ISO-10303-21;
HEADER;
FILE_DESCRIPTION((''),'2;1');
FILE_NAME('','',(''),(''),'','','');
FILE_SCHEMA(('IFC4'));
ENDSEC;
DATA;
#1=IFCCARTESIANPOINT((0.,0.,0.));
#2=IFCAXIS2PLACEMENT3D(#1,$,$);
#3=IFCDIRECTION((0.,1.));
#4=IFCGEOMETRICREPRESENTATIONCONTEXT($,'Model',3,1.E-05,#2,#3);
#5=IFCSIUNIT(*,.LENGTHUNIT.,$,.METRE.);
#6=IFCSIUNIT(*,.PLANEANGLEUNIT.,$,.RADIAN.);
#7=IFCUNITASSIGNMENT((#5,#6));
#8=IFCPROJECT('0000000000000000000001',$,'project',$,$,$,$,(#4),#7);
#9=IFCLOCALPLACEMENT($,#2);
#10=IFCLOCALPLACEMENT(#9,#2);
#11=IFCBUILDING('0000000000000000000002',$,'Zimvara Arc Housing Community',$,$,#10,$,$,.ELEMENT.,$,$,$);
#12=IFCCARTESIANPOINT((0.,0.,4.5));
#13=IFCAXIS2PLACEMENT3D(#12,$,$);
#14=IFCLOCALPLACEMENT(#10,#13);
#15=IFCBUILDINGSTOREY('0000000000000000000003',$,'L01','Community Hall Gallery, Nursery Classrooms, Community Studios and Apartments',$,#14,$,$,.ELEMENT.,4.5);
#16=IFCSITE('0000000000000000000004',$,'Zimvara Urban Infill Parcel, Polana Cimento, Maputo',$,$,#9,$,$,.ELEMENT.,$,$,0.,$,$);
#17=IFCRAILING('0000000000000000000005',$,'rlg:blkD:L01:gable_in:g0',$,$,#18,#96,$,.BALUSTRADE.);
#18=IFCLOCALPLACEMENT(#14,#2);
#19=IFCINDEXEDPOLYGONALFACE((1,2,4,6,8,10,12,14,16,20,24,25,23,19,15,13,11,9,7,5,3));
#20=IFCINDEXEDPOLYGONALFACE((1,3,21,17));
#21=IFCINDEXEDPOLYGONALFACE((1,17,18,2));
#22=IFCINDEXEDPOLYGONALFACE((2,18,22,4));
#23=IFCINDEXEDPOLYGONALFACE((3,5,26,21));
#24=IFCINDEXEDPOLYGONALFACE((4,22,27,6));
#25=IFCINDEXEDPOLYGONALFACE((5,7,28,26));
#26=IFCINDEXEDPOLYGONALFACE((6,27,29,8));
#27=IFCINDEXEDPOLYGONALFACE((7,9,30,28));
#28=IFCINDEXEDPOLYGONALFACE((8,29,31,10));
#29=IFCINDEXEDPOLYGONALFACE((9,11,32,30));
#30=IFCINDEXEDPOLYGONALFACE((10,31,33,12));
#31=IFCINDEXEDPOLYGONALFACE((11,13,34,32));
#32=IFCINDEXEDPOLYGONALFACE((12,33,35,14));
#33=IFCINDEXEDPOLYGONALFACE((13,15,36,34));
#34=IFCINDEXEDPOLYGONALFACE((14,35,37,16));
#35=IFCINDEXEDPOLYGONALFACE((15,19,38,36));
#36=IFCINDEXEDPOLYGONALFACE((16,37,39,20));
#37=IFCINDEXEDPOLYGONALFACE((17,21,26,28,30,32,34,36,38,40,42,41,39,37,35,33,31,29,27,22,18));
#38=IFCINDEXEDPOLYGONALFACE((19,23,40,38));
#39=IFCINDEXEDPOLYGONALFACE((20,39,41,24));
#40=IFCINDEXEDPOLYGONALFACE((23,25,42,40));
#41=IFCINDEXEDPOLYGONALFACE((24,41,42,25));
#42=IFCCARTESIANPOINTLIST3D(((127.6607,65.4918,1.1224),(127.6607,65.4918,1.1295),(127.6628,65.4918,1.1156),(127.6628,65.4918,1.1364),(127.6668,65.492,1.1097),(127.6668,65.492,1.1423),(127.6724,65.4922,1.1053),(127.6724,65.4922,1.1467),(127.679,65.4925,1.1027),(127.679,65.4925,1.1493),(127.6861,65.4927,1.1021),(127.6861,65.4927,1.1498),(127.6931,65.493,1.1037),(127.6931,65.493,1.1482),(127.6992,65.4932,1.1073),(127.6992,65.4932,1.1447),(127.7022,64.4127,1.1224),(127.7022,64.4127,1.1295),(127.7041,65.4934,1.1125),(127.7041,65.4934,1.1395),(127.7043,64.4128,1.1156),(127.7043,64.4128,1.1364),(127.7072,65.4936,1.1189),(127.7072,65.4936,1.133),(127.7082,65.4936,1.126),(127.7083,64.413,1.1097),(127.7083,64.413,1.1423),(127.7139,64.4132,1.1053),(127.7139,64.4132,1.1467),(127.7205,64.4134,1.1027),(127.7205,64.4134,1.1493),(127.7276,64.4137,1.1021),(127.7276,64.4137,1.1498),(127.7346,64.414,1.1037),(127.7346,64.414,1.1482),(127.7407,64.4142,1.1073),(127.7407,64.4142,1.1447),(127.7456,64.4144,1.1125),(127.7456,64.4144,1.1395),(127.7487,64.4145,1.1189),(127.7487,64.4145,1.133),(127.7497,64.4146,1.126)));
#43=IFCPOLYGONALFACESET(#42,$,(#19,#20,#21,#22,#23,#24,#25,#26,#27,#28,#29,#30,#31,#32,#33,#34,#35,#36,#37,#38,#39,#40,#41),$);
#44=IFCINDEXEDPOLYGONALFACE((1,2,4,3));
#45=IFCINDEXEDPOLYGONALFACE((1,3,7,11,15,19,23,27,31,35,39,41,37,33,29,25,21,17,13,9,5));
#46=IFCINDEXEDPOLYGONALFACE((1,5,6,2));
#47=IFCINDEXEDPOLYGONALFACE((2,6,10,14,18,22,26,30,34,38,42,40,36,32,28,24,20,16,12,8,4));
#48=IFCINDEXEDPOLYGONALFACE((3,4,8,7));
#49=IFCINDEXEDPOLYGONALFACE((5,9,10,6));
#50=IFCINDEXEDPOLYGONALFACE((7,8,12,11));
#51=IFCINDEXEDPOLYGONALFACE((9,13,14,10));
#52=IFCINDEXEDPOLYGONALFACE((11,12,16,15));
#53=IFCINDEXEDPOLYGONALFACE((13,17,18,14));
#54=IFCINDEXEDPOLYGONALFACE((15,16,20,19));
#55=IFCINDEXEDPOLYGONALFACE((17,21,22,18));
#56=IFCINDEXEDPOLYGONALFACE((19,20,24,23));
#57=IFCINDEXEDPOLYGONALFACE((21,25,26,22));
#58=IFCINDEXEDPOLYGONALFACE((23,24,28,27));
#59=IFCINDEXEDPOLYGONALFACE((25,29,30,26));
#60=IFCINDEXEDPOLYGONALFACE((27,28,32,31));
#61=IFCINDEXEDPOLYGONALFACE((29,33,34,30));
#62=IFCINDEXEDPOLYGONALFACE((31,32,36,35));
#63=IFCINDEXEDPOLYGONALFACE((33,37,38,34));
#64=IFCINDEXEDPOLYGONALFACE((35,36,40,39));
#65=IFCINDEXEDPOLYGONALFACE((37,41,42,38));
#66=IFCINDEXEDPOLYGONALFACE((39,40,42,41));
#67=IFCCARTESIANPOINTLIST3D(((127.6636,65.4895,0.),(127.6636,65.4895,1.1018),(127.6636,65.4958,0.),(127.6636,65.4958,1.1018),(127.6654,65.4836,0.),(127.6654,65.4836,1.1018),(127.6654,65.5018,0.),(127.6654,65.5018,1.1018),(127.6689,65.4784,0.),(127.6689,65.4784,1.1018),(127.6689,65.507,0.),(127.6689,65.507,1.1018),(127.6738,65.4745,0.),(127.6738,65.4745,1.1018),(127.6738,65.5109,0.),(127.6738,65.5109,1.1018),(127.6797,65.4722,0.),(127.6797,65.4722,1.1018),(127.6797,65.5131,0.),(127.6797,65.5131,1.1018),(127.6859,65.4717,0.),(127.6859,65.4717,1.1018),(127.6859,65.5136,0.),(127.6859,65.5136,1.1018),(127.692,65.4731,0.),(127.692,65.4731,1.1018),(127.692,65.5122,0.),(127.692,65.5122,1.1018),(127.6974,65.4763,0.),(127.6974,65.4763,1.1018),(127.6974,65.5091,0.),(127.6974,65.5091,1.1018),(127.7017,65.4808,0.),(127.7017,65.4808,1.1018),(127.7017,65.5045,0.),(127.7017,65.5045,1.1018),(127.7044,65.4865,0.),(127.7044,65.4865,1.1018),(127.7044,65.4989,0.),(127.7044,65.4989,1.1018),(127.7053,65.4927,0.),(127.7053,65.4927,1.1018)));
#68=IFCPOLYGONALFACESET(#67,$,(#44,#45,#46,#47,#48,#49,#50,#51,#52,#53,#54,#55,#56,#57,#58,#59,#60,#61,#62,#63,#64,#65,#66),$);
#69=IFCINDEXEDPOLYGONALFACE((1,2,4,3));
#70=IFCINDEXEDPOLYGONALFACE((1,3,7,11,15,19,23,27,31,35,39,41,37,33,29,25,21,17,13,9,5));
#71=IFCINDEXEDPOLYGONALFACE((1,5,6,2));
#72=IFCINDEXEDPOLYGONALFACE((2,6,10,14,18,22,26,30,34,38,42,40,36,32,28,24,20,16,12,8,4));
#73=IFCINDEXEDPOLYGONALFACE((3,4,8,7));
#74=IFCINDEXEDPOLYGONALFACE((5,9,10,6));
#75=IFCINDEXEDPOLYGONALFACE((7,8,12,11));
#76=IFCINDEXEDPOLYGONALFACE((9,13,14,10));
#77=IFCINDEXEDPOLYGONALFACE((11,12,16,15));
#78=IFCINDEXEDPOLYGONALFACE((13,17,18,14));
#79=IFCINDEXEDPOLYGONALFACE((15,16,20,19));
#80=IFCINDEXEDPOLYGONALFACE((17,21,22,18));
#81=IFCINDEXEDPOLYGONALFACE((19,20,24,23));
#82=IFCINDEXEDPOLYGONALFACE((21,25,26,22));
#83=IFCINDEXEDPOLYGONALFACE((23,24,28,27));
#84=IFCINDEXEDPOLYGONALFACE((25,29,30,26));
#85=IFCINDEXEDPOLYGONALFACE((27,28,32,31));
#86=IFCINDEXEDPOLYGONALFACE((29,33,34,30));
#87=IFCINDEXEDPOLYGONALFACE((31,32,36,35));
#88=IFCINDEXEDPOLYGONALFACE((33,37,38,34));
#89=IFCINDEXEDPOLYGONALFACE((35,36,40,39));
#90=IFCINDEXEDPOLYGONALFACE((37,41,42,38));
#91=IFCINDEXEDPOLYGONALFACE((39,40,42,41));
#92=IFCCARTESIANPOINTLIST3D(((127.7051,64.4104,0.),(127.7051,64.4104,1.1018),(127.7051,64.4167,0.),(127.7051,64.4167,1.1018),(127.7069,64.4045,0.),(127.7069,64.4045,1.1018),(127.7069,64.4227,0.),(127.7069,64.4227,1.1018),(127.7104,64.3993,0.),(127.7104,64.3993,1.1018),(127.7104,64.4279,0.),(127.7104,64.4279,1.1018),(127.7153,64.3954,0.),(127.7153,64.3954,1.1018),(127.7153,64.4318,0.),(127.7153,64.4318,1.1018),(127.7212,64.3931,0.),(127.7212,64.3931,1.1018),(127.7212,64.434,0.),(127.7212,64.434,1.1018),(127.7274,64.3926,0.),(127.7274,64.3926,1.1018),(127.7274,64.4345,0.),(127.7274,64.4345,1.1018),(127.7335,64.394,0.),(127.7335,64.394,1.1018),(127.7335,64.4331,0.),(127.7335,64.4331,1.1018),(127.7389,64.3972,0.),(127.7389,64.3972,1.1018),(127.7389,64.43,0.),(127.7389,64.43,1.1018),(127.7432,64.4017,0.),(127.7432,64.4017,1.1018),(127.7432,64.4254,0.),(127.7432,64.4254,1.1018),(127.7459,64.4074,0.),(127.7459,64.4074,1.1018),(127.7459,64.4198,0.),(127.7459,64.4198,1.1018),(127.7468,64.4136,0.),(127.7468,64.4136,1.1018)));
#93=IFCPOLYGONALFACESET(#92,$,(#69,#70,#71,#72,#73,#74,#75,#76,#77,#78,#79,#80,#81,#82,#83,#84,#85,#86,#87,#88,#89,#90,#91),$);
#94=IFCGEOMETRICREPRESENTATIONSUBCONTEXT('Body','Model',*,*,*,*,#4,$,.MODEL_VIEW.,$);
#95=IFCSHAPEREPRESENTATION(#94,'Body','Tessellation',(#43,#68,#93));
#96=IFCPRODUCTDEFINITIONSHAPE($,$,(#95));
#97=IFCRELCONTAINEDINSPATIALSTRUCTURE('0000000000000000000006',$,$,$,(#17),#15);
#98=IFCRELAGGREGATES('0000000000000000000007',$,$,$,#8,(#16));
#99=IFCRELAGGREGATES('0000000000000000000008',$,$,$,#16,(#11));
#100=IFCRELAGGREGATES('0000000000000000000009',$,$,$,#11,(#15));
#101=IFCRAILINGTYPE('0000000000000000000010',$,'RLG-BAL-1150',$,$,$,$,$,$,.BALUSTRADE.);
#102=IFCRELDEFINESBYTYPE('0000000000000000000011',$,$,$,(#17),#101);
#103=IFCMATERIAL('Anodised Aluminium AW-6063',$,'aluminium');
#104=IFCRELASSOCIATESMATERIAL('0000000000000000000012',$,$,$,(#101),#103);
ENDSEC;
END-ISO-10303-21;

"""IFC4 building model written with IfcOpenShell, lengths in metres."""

from ifc_helpers import new_model, si_unit, direction, frame, origin, origin_2d, place, context, subcontext, project, spatial, circle, extrude, material, type_object, element, save


model = new_model("IFC4")

# Units and contexts
model_context = context("Model", 3, precision=1e-05, world=origin(), true_north=direction((0.0, 1.0)))
body_context = subcontext(model_context, "Body", "Model", "MODEL_VIEW")
ifc_project = project(units=[si_unit("LENGTHUNIT", "METRE"), si_unit("PLANEANGLEUNIT", "RADIAN")], contexts=[model_context])

# Site, building, storey
site_placement = place(None, origin())
site = spatial("IfcSite", under=ifc_project, at=site_placement, Name="Zimvara Urban Infill Parcel, Polana Cimento, Maputo", CompositionType="ELEMENT", RefElevation=0.0)
building_placement = place(site_placement, origin())
building = spatial("IfcBuilding", under=site, at=building_placement, Name="Zimvara Arc Housing Community", CompositionType="ELEMENT")
storey_placement = place(building_placement, frame((0.0, 0.0, 4.5)))
storey = spatial("IfcBuildingStorey", under=building, at=storey_placement, Name="L01", Description="Community Hall Gallery, Nursery Classrooms, Community Studios and Apartments", CompositionType="ELEMENT", Elevation=4.5)

# Railing
ifc_material_1 = material(Name="Anodised Aluminium AW-6063", Category="aluminium")
railing_type = type_object("IfcRailingType", Name="RLG-BAL-1150", PredefinedType="BALUSTRADE", material=ifc_material_1)
railing_1_placement = place(storey_placement, frame((127.6843, 65.4927, 0.0)))
element("IfcRailing", 1, at=railing_1_placement, inside=storey, type_object=railing_type, Name="rlg:blkD:L01:gable_in:g0", PredefinedType="BALUSTRADE", context=body_context, shape_type="SweptSolid", body=[
    extrude(circle(Radius=0.0239, at=origin_2d()), frame((0.0, 0.0, 1.126), z_axis=(0.038433, -0.999261, 0.0), x_axis=(0.999261, 0.038433, 0.0)), (0.0, 0.0, 1.0), 1.0798),
    extrude(circle(Radius=0.021, at=origin_2d()), origin(), (0.0, 0.0, 1.0), 1.1018),
    extrude(circle(Radius=0.021, at=origin_2d()), frame((0.0415, -1.0791, 0.0)), (0.0, 0.0, 1.0), 1.1018),
])

save(model, "model.ifc")
